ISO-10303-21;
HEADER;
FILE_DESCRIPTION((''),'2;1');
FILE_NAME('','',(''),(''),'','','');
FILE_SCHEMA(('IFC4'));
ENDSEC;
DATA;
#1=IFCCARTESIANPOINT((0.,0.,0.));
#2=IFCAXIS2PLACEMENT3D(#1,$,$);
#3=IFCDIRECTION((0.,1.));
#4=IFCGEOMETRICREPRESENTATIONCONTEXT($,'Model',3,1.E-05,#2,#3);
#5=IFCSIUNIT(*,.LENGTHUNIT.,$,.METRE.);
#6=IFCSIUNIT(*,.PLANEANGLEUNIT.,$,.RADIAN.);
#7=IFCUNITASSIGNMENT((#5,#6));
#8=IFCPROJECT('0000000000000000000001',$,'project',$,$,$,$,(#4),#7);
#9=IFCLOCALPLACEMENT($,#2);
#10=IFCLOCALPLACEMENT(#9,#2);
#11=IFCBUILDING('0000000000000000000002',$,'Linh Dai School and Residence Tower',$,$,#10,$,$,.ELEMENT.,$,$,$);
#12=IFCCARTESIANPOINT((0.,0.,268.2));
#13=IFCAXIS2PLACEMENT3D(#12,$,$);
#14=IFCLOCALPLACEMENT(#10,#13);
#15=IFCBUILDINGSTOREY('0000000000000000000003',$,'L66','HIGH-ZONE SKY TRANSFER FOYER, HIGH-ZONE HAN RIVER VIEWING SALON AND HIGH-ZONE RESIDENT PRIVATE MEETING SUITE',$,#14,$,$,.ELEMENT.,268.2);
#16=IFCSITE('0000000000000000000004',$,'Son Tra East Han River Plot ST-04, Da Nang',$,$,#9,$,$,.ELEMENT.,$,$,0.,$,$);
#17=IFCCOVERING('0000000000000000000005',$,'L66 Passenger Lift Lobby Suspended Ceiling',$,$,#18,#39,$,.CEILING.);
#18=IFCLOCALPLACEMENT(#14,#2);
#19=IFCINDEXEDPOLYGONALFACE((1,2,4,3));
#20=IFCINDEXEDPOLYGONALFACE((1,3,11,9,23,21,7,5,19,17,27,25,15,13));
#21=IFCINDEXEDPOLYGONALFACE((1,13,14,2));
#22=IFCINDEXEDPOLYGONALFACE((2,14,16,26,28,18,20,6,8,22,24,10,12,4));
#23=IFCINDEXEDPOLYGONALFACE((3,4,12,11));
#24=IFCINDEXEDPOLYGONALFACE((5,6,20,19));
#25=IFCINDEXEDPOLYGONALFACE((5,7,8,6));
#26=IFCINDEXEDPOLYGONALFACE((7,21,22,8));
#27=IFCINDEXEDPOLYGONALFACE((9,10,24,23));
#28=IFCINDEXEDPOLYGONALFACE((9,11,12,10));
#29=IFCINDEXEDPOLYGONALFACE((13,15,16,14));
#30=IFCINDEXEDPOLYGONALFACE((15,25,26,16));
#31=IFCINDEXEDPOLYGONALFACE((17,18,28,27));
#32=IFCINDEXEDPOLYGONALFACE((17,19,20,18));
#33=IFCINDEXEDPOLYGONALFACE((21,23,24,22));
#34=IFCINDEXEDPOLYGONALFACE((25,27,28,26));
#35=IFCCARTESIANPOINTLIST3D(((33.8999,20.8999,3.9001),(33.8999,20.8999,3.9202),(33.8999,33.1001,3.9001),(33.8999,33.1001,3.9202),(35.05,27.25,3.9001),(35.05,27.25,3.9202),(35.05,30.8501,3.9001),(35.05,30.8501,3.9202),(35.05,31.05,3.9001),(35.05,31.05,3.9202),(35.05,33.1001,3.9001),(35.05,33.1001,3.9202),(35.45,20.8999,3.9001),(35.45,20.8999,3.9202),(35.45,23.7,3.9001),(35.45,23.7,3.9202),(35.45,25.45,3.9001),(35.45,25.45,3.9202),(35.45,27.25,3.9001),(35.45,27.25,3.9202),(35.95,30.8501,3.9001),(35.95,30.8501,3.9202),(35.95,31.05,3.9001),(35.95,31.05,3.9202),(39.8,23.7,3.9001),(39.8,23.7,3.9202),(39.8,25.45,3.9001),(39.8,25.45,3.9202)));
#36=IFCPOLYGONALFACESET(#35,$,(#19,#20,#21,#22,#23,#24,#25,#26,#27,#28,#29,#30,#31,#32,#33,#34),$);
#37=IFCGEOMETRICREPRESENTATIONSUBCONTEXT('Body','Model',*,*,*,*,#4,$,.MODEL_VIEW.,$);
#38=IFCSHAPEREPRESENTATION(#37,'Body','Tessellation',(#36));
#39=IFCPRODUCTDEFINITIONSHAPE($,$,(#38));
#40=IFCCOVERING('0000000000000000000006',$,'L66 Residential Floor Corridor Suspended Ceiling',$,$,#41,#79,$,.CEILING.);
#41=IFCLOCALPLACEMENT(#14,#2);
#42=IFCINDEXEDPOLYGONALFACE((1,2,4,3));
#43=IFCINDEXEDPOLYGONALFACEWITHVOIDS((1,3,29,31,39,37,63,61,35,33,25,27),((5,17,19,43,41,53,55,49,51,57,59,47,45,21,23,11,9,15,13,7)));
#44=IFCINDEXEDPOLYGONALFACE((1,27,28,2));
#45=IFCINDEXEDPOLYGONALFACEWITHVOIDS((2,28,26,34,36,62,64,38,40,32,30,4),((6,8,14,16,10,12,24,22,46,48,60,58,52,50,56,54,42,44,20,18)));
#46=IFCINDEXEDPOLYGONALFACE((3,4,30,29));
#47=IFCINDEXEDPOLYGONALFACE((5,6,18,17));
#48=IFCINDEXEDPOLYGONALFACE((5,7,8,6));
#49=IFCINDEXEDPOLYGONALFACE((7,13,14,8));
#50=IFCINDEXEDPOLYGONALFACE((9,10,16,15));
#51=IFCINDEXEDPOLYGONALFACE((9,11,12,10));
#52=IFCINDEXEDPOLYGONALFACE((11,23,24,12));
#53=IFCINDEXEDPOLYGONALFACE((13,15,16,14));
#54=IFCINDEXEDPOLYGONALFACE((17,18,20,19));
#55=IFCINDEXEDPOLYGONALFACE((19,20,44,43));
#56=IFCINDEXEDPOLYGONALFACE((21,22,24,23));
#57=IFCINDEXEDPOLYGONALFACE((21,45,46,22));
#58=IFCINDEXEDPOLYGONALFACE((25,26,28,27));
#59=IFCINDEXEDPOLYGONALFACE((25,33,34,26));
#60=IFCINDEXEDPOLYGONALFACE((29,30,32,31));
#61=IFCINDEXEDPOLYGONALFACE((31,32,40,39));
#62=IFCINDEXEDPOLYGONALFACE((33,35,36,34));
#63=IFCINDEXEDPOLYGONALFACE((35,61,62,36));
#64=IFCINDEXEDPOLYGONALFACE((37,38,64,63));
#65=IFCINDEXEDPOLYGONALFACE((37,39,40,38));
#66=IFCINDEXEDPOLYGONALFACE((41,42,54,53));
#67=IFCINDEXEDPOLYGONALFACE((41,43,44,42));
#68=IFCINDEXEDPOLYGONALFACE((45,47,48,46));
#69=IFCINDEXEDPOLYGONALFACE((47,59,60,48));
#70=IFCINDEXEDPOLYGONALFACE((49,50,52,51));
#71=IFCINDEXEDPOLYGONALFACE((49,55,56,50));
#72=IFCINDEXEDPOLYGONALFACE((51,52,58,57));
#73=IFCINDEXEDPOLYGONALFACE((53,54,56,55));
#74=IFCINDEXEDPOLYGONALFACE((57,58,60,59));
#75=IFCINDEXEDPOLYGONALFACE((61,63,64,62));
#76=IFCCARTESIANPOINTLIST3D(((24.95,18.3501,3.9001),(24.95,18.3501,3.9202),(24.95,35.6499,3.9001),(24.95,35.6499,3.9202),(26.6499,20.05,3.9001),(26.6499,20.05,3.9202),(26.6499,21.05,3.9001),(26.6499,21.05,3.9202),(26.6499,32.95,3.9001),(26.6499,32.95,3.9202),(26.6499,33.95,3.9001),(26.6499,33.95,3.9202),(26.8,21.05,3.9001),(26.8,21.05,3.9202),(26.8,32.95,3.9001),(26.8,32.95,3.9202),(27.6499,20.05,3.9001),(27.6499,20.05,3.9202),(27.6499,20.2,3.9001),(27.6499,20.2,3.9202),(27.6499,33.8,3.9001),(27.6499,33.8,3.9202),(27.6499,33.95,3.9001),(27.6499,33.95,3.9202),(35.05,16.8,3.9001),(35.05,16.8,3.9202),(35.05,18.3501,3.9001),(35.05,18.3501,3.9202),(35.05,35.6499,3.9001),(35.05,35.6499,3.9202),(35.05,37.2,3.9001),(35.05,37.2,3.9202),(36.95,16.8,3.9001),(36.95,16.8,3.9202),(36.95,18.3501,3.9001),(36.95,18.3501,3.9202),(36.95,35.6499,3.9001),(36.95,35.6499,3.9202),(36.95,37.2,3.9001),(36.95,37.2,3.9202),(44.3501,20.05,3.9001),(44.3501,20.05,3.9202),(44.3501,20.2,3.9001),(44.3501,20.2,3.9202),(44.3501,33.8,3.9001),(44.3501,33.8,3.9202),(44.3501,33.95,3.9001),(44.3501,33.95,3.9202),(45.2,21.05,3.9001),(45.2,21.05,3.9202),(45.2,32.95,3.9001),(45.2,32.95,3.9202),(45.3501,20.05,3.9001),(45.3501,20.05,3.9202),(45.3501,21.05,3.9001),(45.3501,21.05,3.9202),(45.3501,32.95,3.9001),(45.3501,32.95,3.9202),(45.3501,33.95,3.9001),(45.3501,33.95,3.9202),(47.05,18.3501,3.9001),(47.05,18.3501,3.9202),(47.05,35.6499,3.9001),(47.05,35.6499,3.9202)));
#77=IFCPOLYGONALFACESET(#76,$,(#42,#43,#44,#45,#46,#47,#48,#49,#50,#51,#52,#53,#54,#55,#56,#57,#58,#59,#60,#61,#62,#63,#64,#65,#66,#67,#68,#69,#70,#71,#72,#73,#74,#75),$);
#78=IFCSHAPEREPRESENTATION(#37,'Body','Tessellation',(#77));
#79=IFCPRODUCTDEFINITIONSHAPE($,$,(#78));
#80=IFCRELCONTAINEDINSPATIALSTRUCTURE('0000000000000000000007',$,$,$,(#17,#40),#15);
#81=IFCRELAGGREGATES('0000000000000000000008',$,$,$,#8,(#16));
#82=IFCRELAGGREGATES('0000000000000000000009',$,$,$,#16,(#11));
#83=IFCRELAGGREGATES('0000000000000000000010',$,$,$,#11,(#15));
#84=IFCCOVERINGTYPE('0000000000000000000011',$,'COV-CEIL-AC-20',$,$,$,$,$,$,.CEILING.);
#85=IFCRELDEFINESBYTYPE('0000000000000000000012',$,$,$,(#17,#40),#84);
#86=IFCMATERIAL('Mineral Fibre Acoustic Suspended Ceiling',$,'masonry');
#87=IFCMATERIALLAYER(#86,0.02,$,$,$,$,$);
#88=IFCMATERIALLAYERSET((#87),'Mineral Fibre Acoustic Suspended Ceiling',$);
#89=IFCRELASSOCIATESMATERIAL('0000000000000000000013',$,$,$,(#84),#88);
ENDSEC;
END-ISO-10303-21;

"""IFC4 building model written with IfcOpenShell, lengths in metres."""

from ifc_helpers import new_model, si_unit, direction, frame, origin, place, context, subcontext, project, spatial, polyline, outline, extrude, material, layer, layer_set, type_object, element, save


model = new_model("IFC4")

# Units and contexts
model_context = context("Model", 3, precision=1e-05, world=origin(), true_north=direction((0.0, 1.0)))
body_context = subcontext(model_context, "Body", "Model", "MODEL_VIEW")
ifc_project = project(units=[si_unit("LENGTHUNIT", "METRE"), si_unit("PLANEANGLEUNIT", "RADIAN")], contexts=[model_context])

# Site, building, storey
site_placement = place(None, origin())
site = spatial("IfcSite", under=ifc_project, at=site_placement, Name="Son Tra East Han River Plot ST-04, Da Nang", CompositionType="ELEMENT", RefElevation=0.0)
building_placement = place(site_placement, origin())
building = spatial("IfcBuilding", under=site, at=building_placement, Name="Linh Dai School and Residence Tower", CompositionType="ELEMENT")
storey_placement = place(building_placement, frame((0.0, 0.0, 268.2)))
storey = spatial("IfcBuildingStorey", under=building, at=storey_placement, Name="L66", Description="HIGH-ZONE SKY TRANSFER FOYER, HIGH-ZONE HAN RIVER VIEWING SALON AND HIGH-ZONE RESIDENT PRIVATE MEETING SUITE", CompositionType="ELEMENT", Elevation=268.2)

# Coverings
ifc_material_1 = material(Name="Mineral Fibre Acoustic Suspended Ceiling", Category="masonry")
ifc_layer_1 = layer(ifc_material_1, 0.02)
ifc_layer_set_1 = layer_set([ifc_layer_1], Name="Mineral Fibre Acoustic Suspended Ceiling")
covering_type_1 = type_object("IfcCoveringType", Name="COV-CEIL-AC-20", PredefinedType="CEILING", material=ifc_layer_set_1)
covering_1_placement = place(storey_placement, frame((0.0, 0.0, 3.9001)))
element("IfcCovering", 1, at=covering_1_placement, inside=storey, type_object=covering_type_1, Name="L66 Passenger Lift Lobby Suspended Ceiling", PredefinedType="CEILING", context=body_context, shape_type="SweptSolid", body=[
    extrude(outline(polyline([(35.05, 33.1001), (35.05, 31.05), (35.95, 31.05), (35.95, 30.8501), (35.05, 30.8501), (35.05, 27.25), (35.45, 27.25), (35.45, 25.45), (39.8, 25.45), (39.8, 23.7), (35.45, 23.7), (35.45, 20.8999), (33.8999, 20.8999), (33.8999, 33.1001), (35.05, 33.1001)])), origin(), (0.0, 0.0, 1.0), 0.02),
])
covering_2_placement = place(storey_placement, frame((0.0, 0.0, 3.9001)))
element("IfcCovering", 2, at=covering_2_placement, inside=storey, type_object=covering_type_1, Name="L66 Residential Floor Corridor Suspended Ceiling", PredefinedType="CEILING", context=body_context, shape_type="SweptSolid", body=[
    extrude(outline(polyline([(24.95, 18.3501), (24.95, 35.6499), (35.05, 35.6499), (35.05, 37.2), (36.95, 37.2), (36.95, 35.6499), (47.05, 35.6499), (47.05, 18.3501), (36.95, 18.3501), (36.95, 16.8), (35.05, 16.8), (35.05, 18.3501), (24.95, 18.3501)]), holes=[polyline([(27.6499, 33.8), (27.6499, 33.95), (26.6499, 33.95), (26.6499, 32.95), (26.8, 32.95), (26.8, 21.05), (26.6499, 21.05), (26.6499, 20.05), (27.6499, 20.05), (27.6499, 20.2), (44.3501, 20.2), (44.3501, 20.05), (45.3501, 20.05), (45.3501, 21.05), (45.2, 21.05), (45.2, 32.95), (45.3501, 32.95), (45.3501, 33.95), (44.3501, 33.95), (44.3501, 33.8), (27.6499, 33.8)])]), origin(), (0.0, 0.0, 1.0), 0.02),
])

save(model, "model.ifc")
